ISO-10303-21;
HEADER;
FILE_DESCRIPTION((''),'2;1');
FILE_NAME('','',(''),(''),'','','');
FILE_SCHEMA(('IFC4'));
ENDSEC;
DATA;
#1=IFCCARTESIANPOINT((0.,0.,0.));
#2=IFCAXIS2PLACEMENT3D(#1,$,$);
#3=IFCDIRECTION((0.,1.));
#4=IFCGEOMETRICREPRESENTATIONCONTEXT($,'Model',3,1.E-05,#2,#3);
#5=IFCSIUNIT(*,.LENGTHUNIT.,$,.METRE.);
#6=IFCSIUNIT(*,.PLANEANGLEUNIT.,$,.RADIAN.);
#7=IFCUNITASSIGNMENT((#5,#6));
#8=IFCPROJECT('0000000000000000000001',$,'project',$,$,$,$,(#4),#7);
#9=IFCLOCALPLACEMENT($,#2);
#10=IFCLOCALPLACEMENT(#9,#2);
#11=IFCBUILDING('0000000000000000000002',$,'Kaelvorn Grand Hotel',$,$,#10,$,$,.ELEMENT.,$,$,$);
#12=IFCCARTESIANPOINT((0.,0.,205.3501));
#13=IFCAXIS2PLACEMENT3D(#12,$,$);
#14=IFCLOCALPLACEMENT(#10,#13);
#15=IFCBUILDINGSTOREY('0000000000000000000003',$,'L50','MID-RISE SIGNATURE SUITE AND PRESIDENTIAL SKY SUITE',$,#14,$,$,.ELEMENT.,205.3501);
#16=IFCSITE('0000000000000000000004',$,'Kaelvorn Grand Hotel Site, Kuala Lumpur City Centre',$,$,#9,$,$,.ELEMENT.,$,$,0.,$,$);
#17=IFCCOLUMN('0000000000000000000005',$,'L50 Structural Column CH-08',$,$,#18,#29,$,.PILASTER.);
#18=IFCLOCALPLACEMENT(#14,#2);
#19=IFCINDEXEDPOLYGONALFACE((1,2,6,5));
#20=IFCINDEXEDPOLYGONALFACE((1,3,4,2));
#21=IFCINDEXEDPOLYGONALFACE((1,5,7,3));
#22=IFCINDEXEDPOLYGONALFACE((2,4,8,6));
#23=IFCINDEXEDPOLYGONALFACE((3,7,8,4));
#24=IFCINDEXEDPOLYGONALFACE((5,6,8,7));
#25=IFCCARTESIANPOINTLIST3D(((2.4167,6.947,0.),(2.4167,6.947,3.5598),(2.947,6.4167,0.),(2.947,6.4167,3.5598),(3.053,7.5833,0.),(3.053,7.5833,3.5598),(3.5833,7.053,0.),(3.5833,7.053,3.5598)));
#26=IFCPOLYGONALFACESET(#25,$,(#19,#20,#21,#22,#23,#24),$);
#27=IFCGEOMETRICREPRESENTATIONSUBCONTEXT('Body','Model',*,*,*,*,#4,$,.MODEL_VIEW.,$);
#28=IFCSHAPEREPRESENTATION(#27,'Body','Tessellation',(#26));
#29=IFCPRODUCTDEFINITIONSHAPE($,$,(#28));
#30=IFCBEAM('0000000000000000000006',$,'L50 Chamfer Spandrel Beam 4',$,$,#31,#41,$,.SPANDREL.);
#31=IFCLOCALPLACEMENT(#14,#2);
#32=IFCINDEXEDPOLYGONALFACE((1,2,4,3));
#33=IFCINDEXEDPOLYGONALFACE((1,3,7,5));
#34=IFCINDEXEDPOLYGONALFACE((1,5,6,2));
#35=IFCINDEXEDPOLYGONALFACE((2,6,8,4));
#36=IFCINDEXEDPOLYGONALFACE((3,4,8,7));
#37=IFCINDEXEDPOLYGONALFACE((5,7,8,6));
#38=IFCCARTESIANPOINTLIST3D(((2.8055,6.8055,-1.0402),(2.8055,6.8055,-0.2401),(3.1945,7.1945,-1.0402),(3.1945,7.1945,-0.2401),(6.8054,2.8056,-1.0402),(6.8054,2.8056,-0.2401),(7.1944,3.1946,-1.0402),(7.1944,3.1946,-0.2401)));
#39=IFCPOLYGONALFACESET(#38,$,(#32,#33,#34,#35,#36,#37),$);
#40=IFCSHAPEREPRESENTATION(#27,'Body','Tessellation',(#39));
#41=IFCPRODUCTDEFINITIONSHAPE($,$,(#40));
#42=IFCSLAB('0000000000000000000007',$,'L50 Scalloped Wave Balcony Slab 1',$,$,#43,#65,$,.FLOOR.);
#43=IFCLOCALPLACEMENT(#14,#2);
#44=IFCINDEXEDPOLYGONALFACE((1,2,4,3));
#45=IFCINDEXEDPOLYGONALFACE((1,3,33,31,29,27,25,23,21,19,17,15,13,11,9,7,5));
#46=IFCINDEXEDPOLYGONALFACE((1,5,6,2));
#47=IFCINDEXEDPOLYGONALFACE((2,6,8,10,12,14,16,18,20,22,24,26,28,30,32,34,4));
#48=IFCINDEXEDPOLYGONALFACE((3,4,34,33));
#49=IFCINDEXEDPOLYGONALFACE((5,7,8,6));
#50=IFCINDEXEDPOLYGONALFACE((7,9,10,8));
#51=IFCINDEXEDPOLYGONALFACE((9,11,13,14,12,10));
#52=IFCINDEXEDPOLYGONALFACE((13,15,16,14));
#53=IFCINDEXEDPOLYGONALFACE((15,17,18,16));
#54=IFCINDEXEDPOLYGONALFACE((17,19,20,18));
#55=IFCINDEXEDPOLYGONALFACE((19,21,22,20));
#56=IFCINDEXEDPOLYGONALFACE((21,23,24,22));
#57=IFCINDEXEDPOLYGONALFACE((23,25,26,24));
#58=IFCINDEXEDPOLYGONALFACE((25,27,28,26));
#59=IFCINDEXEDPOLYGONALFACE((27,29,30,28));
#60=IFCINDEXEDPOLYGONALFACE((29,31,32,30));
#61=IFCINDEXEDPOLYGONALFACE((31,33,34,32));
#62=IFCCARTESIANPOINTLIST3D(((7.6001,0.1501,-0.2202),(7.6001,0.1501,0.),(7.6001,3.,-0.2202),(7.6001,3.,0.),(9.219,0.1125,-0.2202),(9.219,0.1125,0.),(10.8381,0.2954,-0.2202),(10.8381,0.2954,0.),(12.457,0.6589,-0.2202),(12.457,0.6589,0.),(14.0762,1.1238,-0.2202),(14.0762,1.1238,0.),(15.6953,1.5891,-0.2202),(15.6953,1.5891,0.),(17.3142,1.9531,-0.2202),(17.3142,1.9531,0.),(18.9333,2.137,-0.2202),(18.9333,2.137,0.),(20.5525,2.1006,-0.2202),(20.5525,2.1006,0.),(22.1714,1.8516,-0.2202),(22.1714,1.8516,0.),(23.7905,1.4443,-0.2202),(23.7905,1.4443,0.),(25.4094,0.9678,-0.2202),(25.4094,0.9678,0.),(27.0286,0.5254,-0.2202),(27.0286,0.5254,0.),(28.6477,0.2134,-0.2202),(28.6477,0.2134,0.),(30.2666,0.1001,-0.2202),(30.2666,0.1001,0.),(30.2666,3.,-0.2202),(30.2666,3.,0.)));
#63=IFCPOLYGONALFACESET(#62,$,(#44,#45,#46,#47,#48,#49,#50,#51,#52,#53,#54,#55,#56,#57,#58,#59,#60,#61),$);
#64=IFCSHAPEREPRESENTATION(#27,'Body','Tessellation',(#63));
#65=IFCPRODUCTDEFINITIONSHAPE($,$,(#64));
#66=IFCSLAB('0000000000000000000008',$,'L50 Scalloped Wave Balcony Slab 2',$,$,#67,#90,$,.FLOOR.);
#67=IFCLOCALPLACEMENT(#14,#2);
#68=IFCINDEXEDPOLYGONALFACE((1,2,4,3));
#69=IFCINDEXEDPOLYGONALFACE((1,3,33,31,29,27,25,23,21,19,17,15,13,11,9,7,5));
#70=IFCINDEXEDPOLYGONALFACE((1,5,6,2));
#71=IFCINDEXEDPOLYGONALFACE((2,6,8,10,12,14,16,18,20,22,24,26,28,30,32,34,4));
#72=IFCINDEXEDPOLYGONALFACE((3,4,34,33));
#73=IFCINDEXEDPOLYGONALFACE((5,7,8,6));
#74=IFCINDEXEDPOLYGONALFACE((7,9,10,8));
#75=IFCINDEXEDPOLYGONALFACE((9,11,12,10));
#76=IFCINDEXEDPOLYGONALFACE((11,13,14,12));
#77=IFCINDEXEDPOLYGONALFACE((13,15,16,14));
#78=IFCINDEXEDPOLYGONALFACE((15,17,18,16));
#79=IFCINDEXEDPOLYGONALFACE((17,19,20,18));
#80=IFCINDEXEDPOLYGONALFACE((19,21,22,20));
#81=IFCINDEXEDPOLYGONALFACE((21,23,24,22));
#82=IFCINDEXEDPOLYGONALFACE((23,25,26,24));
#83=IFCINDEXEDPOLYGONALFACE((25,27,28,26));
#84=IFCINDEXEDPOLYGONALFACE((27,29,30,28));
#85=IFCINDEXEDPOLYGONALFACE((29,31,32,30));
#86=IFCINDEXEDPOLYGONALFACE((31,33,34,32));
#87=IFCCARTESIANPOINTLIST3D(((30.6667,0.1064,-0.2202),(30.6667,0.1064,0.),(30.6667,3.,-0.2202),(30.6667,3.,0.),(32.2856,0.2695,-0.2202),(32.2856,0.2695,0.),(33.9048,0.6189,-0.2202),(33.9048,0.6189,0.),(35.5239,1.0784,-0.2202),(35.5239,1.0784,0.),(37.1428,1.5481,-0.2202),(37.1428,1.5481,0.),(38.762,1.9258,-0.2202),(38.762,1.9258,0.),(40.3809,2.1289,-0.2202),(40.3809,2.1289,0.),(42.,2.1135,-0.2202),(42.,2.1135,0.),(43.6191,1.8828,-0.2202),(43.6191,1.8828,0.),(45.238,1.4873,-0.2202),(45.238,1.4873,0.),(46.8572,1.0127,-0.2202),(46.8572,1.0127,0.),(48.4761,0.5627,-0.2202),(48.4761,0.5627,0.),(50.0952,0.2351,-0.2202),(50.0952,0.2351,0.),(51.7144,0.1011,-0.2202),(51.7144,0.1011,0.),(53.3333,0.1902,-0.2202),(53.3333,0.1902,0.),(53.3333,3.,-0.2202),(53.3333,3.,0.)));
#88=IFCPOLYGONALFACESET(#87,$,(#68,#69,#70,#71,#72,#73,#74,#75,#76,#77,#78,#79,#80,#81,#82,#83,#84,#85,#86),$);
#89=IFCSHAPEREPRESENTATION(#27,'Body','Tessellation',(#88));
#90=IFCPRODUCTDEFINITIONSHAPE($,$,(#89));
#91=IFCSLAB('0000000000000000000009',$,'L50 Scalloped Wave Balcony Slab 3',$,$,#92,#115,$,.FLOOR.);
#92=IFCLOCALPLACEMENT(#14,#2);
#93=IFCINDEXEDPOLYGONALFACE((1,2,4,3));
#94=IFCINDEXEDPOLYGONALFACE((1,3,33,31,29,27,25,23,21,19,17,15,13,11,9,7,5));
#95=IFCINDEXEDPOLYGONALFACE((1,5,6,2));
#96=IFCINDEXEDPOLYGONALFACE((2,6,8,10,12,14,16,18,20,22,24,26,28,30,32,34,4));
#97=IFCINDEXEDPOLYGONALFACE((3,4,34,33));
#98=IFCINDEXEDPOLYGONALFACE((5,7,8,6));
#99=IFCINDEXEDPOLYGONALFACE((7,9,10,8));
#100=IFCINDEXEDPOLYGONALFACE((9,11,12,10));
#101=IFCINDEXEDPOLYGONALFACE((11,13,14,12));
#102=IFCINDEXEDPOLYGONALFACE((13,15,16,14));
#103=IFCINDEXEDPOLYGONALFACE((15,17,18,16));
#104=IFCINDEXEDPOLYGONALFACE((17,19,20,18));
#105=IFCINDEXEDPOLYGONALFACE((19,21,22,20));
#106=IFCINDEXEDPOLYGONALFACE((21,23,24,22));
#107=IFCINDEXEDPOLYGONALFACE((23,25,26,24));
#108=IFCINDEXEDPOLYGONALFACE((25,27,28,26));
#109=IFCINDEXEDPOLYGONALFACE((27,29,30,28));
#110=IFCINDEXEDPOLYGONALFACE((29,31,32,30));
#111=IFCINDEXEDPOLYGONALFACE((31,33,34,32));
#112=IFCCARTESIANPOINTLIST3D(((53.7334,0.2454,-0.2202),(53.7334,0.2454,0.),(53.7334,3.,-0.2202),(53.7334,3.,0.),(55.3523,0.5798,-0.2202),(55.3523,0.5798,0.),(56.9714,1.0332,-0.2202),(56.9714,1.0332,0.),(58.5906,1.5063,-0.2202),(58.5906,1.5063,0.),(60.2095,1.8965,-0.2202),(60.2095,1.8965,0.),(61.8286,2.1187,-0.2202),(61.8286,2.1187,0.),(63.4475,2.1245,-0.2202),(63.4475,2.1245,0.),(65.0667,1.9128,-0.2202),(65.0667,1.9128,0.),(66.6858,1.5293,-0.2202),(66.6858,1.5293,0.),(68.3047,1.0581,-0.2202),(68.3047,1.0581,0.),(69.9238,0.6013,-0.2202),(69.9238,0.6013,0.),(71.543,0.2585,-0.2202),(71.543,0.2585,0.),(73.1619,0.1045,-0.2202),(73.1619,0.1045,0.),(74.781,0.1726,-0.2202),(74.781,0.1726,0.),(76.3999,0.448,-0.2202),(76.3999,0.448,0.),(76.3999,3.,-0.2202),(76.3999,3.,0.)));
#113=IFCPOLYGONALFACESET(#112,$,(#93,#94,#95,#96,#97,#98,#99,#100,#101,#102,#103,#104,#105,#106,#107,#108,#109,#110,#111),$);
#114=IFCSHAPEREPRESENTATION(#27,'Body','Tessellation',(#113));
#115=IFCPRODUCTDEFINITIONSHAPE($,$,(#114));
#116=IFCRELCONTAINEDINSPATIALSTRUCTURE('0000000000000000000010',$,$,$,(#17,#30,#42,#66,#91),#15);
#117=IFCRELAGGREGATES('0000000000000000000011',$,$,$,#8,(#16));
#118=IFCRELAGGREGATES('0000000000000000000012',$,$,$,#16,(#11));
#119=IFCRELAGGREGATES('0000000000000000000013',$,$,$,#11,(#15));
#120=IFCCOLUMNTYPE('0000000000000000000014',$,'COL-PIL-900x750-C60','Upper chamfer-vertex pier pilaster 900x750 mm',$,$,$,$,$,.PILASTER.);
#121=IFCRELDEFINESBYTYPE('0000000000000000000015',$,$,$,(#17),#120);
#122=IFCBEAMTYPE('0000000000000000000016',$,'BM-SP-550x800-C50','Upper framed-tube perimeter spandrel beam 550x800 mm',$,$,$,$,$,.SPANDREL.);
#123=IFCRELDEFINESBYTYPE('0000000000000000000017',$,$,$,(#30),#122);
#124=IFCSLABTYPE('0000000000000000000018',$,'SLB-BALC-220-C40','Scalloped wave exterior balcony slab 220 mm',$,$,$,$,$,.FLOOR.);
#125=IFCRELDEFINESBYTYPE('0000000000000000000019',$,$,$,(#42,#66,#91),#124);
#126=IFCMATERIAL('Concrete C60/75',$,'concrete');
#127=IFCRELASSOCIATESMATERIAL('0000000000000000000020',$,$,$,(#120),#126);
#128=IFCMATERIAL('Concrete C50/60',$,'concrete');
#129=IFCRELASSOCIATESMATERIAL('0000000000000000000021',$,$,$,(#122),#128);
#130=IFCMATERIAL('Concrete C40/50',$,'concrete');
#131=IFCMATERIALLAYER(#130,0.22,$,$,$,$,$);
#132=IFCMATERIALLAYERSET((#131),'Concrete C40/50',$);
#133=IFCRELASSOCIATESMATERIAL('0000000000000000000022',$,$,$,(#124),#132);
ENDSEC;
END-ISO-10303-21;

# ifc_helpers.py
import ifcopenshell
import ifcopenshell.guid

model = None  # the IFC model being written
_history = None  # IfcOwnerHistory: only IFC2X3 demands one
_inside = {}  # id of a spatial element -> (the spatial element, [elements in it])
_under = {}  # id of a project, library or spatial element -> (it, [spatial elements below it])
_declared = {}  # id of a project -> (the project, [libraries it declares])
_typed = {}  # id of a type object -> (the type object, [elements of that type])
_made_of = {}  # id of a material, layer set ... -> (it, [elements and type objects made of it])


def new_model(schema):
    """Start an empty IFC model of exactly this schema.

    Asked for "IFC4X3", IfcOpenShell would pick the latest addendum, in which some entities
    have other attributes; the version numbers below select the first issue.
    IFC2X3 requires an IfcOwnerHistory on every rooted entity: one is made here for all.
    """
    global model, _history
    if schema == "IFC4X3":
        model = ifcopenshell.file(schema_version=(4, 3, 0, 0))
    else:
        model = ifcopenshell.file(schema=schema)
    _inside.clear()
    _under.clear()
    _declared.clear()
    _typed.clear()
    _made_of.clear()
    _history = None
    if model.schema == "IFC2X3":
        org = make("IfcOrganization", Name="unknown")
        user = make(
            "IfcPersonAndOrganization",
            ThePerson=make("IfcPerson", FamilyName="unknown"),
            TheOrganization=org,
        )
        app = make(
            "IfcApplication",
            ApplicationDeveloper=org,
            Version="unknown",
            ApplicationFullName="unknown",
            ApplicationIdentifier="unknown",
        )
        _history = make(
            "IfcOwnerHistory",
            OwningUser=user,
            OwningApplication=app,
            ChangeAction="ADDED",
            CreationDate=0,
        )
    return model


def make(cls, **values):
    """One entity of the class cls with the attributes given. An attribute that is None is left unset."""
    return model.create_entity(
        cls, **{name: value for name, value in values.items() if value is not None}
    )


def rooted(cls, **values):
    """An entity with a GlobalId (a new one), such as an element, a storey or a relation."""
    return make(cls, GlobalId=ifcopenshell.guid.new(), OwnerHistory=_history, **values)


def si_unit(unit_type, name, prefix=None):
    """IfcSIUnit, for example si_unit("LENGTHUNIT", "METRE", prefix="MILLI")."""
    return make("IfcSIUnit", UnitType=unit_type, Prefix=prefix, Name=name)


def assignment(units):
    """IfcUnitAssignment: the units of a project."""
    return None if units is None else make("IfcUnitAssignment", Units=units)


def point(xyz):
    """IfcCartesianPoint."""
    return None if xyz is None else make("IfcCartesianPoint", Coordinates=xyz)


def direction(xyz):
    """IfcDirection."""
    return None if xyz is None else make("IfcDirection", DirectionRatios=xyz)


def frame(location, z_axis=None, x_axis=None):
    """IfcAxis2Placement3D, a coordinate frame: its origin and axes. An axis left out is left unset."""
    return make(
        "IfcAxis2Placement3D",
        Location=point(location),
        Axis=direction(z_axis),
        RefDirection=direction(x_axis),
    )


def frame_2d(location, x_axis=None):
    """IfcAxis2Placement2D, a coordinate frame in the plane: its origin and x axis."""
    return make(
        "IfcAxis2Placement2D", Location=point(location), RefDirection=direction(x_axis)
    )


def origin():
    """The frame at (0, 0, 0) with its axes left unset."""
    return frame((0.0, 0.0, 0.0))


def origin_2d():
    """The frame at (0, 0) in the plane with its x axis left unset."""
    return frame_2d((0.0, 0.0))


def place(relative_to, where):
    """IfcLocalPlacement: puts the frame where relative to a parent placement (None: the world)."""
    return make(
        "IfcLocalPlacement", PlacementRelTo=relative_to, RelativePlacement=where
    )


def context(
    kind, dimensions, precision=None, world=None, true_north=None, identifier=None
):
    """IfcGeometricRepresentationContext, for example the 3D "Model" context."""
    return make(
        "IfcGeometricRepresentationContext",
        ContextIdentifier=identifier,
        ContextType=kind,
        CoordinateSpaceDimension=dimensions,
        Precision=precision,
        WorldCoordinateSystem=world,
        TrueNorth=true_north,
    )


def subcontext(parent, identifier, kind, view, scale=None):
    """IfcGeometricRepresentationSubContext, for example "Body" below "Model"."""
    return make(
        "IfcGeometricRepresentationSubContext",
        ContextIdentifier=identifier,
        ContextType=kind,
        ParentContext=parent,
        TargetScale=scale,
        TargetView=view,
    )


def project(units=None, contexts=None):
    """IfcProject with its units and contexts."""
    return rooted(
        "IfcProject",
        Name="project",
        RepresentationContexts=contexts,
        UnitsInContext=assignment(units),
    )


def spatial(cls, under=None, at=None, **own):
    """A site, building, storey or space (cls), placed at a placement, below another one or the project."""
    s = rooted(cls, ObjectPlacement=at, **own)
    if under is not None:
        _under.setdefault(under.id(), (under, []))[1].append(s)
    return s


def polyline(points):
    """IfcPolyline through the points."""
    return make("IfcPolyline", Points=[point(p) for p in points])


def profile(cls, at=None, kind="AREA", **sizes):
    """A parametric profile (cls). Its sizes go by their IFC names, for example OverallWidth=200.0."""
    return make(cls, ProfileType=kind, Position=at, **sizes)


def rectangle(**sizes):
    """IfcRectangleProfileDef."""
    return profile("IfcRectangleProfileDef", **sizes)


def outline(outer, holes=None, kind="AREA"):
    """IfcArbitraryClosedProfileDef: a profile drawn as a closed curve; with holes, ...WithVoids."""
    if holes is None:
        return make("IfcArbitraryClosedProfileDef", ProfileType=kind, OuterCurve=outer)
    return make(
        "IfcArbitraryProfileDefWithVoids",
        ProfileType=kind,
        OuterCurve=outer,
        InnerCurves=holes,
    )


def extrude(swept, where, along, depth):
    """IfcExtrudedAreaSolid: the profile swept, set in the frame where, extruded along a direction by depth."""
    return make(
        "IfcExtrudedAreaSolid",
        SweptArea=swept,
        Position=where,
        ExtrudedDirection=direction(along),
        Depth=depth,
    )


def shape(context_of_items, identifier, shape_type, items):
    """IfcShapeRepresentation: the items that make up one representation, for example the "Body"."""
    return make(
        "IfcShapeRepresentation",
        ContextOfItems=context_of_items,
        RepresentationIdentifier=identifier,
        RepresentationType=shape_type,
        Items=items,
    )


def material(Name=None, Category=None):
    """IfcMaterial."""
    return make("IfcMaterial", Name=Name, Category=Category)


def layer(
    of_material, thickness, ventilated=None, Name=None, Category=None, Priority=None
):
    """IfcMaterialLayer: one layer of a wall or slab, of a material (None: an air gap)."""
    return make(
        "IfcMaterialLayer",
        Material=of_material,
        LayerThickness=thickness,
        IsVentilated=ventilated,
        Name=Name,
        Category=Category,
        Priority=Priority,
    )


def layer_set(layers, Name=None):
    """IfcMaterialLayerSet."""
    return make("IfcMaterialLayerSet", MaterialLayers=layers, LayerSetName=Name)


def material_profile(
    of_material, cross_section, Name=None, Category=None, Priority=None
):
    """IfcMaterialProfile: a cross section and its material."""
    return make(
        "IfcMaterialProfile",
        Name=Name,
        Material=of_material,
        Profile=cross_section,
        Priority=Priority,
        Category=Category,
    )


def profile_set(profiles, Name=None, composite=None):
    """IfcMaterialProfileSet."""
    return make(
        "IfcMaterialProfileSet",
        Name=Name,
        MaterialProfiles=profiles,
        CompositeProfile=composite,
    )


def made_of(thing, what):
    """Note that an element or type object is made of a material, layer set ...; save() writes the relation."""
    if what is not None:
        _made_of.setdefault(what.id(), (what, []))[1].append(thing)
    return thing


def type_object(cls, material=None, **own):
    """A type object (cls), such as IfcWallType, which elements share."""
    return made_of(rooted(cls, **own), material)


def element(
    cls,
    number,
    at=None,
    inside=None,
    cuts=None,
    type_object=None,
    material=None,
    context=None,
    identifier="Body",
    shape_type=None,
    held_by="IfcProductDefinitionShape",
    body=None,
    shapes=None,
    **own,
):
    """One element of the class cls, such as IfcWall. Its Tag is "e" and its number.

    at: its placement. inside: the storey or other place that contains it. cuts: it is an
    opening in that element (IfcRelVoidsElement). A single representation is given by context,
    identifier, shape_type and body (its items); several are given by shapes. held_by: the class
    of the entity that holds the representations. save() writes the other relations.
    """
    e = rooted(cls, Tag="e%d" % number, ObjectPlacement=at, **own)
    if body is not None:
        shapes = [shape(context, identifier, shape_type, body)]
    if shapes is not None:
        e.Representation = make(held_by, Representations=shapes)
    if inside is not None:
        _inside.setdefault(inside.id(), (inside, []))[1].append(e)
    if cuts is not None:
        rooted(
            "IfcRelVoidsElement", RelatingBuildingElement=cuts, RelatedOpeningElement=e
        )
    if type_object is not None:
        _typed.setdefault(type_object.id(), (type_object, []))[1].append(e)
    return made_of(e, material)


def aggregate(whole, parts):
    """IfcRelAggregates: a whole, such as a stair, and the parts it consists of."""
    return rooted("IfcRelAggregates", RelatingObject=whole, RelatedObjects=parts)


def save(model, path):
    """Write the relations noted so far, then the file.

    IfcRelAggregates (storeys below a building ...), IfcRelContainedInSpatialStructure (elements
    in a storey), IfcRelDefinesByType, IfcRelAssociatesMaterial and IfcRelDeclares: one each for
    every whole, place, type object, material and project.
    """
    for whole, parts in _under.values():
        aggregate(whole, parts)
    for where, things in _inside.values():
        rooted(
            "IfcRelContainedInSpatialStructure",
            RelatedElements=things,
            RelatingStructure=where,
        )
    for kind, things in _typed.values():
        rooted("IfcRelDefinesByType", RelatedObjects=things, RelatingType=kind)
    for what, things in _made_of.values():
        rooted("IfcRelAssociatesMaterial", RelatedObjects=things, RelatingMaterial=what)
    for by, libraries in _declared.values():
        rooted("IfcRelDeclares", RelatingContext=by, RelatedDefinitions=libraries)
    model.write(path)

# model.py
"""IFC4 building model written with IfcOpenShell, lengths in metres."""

from ifc_helpers import new_model, si_unit, direction, frame, origin, origin_2d, place, context, subcontext, project, spatial, polyline, rectangle, outline, extrude, material, layer, layer_set, material_profile, profile_set, type_object, element, save


model = new_model("IFC4")

# Units and contexts
model_context = context("Model", 3, precision=1e-05, world=origin(), true_north=direction((0.0, 1.0)))
body_context = subcontext(model_context, "Body", "Model", "MODEL_VIEW")
ifc_project = project(units=[si_unit("LENGTHUNIT", "METRE"), si_unit("PLANEANGLEUNIT", "RADIAN")], contexts=[model_context])

# Site, building, storey
site_placement = place(None, origin())
site = spatial("IfcSite", under=ifc_project, at=site_placement, Name="Kaelvorn Grand Hotel Site, Kuala Lumpur City Centre", CompositionType="ELEMENT", RefElevation=0.0)
building_placement = place(site_placement, origin())
building = spatial("IfcBuilding", under=site, at=building_placement, Name="Kaelvorn Grand Hotel", CompositionType="ELEMENT")
storey_placement = place(building_placement, frame((0.0, 0.0, 205.3501)))
storey = spatial("IfcBuildingStorey", under=building, at=storey_placement, Name="L50", Description="MID-RISE SIGNATURE SUITE AND PRESIDENTIAL SKY SUITE", CompositionType="ELEMENT", Elevation=205.3501)

# Column
ifc_material_1 = material(Name="Concrete C60/75", Category="concrete")
ifc_material_profile_1 = material_profile(ifc_material_1, rectangle(XDim=0.8999, YDim=0.75, at=origin_2d()), Name="RC PILASTER 900x750")
ifc_profile_set_1 = profile_set([ifc_material_profile_1], Name="Concrete C60/75")
column_type = type_object("IfcColumnType", Name="COL-PIL-900x750-C60", Description="Upper chamfer-vertex pier pilaster 900x750 mm", PredefinedType="PILASTER", material=ifc_profile_set_1)
column_placement = place(storey_placement, frame((3.0, 7.0, 0.0), z_axis=(0.0, 0.0, 1.0), x_axis=(0.707107, 0.707107, 0.0)))
element("IfcColumn", 1, at=column_placement, inside=storey, type_object=column_type, Name="L50 Structural Column CH-08", PredefinedType="PILASTER", context=body_context, shape_type="SweptSolid", body=[
    extrude(rectangle(XDim=0.8999, YDim=0.75, at=origin_2d()), origin(), (0.0, 0.0, 1.0), 3.5598),
])

# Beam
ifc_material_2 = material(Name="Concrete C50/60", Category="concrete")
ifc_material_profile_2 = material_profile(ifc_material_2, rectangle(XDim=0.55, YDim=0.8, at=origin_2d()), Name="RC SPANDREL 550x800")
ifc_profile_set_2 = profile_set([ifc_material_profile_2], Name="Concrete C50/60")
beam_type = type_object("IfcBeamType", Name="BM-SP-550x800-C50", Description="Upper framed-tube perimeter spandrel beam 550x800 mm", PredefinedType="SPANDREL", material=ifc_profile_set_2)
beam_placement = place(storey_placement, frame((3.0, 7.0, -0.6401), z_axis=(0.707107, -0.707107, 0.0), x_axis=(0.707107, 0.707107, 0.0)))
element("IfcBeam", 2, at=beam_placement, inside=storey, type_object=beam_type, Name="L50 Chamfer Spandrel Beam 4", PredefinedType="SPANDREL", context=body_context, shape_type="SweptSolid", body=[
    extrude(rectangle(XDim=0.55, YDim=0.8, at=origin_2d()), origin(), (0.0, 0.0, 1.0), 5.6567),
])

# Slabs
ifc_material_3 = material(Name="Concrete C40/50", Category="concrete")
ifc_layer_1 = layer(ifc_material_3, 0.22)
ifc_layer_set_1 = layer_set([ifc_layer_1], Name="Concrete C40/50")
slab_type_1 = type_object("IfcSlabType", Name="SLB-BALC-220-C40", Description="Scalloped wave exterior balcony slab 220 mm", PredefinedType="FLOOR", material=ifc_layer_set_1)
slab_1_placement = place(storey_placement, frame((0.0, 0.0, -0.2202)))
element("IfcSlab", 3, at=slab_1_placement, inside=storey, type_object=slab_type_1, Name="L50 Scalloped Wave Balcony Slab 1", PredefinedType="FLOOR", context=body_context, shape_type="SweptSolid", body=[
    extrude(outline(polyline([(7.6001, 0.1501), (9.219, 0.1125), (10.8381, 0.2954), (12.457, 0.6589), (14.0762, 1.1238), (15.6953, 1.5891), (17.3142, 1.9531), (18.9333, 2.137), (20.5525, 2.1006), (22.1714, 1.8516), (23.7905, 1.4443), (25.4094, 0.9678), (27.0286, 0.5254), (28.6477, 0.2134), (30.2666, 0.1001), (30.2666, 3.0), (7.6001, 3.0), (7.6001, 0.1501)])), origin(), (0.0, 0.0, 1.0), 0.2202),
])
slab_2_placement = place(storey_placement, frame((0.0, 0.0, -0.2202)))
element("IfcSlab", 4, at=slab_2_placement, inside=storey, type_object=slab_type_1, Name="L50 Scalloped Wave Balcony Slab 2", PredefinedType="FLOOR", context=body_context, shape_type="SweptSolid", body=[
    extrude(outline(polyline([(30.6667, 0.1064), (32.2856, 0.2695), (33.9048, 0.6189), (35.5239, 1.0784), (37.1428, 1.5481), (38.762, 1.9258), (40.3809, 2.1289), (42.0, 2.1135), (43.6191, 1.8828), (45.238, 1.4873), (46.8572, 1.0127), (48.4761, 0.5627), (50.0952, 0.2351), (51.7144, 0.1011), (53.3333, 0.1902), (53.3333, 3.0), (30.6667, 3.0), (30.6667, 0.1064)])), origin(), (0.0, 0.0, 1.0), 0.2202),
])
slab_3_placement = place(storey_placement, frame((0.0, 0.0, -0.2202)))
element("IfcSlab", 5, at=slab_3_placement, inside=storey, type_object=slab_type_1, Name="L50 Scalloped Wave Balcony Slab 3", PredefinedType="FLOOR", context=body_context, shape_type="SweptSolid", body=[
    extrude(outline(polyline([(53.7334, 0.2454), (55.3523, 0.5798), (56.9714, 1.0332), (58.5906, 1.5063), (60.2095, 1.8965), (61.8286, 2.1187), (63.4475, 2.1245), (65.0667, 1.9128), (66.6858, 1.5293), (68.3047, 1.0581), (69.9238, 0.6013), (71.543, 0.2585), (73.1619, 0.1045), (74.781, 0.1726), (76.3999, 0.448), (76.3999, 3.0), (53.7334, 3.0), (53.7334, 0.2454)])), origin(), (0.0, 0.0, 1.0), 0.2202),
])

save(model, "model.ifc")
